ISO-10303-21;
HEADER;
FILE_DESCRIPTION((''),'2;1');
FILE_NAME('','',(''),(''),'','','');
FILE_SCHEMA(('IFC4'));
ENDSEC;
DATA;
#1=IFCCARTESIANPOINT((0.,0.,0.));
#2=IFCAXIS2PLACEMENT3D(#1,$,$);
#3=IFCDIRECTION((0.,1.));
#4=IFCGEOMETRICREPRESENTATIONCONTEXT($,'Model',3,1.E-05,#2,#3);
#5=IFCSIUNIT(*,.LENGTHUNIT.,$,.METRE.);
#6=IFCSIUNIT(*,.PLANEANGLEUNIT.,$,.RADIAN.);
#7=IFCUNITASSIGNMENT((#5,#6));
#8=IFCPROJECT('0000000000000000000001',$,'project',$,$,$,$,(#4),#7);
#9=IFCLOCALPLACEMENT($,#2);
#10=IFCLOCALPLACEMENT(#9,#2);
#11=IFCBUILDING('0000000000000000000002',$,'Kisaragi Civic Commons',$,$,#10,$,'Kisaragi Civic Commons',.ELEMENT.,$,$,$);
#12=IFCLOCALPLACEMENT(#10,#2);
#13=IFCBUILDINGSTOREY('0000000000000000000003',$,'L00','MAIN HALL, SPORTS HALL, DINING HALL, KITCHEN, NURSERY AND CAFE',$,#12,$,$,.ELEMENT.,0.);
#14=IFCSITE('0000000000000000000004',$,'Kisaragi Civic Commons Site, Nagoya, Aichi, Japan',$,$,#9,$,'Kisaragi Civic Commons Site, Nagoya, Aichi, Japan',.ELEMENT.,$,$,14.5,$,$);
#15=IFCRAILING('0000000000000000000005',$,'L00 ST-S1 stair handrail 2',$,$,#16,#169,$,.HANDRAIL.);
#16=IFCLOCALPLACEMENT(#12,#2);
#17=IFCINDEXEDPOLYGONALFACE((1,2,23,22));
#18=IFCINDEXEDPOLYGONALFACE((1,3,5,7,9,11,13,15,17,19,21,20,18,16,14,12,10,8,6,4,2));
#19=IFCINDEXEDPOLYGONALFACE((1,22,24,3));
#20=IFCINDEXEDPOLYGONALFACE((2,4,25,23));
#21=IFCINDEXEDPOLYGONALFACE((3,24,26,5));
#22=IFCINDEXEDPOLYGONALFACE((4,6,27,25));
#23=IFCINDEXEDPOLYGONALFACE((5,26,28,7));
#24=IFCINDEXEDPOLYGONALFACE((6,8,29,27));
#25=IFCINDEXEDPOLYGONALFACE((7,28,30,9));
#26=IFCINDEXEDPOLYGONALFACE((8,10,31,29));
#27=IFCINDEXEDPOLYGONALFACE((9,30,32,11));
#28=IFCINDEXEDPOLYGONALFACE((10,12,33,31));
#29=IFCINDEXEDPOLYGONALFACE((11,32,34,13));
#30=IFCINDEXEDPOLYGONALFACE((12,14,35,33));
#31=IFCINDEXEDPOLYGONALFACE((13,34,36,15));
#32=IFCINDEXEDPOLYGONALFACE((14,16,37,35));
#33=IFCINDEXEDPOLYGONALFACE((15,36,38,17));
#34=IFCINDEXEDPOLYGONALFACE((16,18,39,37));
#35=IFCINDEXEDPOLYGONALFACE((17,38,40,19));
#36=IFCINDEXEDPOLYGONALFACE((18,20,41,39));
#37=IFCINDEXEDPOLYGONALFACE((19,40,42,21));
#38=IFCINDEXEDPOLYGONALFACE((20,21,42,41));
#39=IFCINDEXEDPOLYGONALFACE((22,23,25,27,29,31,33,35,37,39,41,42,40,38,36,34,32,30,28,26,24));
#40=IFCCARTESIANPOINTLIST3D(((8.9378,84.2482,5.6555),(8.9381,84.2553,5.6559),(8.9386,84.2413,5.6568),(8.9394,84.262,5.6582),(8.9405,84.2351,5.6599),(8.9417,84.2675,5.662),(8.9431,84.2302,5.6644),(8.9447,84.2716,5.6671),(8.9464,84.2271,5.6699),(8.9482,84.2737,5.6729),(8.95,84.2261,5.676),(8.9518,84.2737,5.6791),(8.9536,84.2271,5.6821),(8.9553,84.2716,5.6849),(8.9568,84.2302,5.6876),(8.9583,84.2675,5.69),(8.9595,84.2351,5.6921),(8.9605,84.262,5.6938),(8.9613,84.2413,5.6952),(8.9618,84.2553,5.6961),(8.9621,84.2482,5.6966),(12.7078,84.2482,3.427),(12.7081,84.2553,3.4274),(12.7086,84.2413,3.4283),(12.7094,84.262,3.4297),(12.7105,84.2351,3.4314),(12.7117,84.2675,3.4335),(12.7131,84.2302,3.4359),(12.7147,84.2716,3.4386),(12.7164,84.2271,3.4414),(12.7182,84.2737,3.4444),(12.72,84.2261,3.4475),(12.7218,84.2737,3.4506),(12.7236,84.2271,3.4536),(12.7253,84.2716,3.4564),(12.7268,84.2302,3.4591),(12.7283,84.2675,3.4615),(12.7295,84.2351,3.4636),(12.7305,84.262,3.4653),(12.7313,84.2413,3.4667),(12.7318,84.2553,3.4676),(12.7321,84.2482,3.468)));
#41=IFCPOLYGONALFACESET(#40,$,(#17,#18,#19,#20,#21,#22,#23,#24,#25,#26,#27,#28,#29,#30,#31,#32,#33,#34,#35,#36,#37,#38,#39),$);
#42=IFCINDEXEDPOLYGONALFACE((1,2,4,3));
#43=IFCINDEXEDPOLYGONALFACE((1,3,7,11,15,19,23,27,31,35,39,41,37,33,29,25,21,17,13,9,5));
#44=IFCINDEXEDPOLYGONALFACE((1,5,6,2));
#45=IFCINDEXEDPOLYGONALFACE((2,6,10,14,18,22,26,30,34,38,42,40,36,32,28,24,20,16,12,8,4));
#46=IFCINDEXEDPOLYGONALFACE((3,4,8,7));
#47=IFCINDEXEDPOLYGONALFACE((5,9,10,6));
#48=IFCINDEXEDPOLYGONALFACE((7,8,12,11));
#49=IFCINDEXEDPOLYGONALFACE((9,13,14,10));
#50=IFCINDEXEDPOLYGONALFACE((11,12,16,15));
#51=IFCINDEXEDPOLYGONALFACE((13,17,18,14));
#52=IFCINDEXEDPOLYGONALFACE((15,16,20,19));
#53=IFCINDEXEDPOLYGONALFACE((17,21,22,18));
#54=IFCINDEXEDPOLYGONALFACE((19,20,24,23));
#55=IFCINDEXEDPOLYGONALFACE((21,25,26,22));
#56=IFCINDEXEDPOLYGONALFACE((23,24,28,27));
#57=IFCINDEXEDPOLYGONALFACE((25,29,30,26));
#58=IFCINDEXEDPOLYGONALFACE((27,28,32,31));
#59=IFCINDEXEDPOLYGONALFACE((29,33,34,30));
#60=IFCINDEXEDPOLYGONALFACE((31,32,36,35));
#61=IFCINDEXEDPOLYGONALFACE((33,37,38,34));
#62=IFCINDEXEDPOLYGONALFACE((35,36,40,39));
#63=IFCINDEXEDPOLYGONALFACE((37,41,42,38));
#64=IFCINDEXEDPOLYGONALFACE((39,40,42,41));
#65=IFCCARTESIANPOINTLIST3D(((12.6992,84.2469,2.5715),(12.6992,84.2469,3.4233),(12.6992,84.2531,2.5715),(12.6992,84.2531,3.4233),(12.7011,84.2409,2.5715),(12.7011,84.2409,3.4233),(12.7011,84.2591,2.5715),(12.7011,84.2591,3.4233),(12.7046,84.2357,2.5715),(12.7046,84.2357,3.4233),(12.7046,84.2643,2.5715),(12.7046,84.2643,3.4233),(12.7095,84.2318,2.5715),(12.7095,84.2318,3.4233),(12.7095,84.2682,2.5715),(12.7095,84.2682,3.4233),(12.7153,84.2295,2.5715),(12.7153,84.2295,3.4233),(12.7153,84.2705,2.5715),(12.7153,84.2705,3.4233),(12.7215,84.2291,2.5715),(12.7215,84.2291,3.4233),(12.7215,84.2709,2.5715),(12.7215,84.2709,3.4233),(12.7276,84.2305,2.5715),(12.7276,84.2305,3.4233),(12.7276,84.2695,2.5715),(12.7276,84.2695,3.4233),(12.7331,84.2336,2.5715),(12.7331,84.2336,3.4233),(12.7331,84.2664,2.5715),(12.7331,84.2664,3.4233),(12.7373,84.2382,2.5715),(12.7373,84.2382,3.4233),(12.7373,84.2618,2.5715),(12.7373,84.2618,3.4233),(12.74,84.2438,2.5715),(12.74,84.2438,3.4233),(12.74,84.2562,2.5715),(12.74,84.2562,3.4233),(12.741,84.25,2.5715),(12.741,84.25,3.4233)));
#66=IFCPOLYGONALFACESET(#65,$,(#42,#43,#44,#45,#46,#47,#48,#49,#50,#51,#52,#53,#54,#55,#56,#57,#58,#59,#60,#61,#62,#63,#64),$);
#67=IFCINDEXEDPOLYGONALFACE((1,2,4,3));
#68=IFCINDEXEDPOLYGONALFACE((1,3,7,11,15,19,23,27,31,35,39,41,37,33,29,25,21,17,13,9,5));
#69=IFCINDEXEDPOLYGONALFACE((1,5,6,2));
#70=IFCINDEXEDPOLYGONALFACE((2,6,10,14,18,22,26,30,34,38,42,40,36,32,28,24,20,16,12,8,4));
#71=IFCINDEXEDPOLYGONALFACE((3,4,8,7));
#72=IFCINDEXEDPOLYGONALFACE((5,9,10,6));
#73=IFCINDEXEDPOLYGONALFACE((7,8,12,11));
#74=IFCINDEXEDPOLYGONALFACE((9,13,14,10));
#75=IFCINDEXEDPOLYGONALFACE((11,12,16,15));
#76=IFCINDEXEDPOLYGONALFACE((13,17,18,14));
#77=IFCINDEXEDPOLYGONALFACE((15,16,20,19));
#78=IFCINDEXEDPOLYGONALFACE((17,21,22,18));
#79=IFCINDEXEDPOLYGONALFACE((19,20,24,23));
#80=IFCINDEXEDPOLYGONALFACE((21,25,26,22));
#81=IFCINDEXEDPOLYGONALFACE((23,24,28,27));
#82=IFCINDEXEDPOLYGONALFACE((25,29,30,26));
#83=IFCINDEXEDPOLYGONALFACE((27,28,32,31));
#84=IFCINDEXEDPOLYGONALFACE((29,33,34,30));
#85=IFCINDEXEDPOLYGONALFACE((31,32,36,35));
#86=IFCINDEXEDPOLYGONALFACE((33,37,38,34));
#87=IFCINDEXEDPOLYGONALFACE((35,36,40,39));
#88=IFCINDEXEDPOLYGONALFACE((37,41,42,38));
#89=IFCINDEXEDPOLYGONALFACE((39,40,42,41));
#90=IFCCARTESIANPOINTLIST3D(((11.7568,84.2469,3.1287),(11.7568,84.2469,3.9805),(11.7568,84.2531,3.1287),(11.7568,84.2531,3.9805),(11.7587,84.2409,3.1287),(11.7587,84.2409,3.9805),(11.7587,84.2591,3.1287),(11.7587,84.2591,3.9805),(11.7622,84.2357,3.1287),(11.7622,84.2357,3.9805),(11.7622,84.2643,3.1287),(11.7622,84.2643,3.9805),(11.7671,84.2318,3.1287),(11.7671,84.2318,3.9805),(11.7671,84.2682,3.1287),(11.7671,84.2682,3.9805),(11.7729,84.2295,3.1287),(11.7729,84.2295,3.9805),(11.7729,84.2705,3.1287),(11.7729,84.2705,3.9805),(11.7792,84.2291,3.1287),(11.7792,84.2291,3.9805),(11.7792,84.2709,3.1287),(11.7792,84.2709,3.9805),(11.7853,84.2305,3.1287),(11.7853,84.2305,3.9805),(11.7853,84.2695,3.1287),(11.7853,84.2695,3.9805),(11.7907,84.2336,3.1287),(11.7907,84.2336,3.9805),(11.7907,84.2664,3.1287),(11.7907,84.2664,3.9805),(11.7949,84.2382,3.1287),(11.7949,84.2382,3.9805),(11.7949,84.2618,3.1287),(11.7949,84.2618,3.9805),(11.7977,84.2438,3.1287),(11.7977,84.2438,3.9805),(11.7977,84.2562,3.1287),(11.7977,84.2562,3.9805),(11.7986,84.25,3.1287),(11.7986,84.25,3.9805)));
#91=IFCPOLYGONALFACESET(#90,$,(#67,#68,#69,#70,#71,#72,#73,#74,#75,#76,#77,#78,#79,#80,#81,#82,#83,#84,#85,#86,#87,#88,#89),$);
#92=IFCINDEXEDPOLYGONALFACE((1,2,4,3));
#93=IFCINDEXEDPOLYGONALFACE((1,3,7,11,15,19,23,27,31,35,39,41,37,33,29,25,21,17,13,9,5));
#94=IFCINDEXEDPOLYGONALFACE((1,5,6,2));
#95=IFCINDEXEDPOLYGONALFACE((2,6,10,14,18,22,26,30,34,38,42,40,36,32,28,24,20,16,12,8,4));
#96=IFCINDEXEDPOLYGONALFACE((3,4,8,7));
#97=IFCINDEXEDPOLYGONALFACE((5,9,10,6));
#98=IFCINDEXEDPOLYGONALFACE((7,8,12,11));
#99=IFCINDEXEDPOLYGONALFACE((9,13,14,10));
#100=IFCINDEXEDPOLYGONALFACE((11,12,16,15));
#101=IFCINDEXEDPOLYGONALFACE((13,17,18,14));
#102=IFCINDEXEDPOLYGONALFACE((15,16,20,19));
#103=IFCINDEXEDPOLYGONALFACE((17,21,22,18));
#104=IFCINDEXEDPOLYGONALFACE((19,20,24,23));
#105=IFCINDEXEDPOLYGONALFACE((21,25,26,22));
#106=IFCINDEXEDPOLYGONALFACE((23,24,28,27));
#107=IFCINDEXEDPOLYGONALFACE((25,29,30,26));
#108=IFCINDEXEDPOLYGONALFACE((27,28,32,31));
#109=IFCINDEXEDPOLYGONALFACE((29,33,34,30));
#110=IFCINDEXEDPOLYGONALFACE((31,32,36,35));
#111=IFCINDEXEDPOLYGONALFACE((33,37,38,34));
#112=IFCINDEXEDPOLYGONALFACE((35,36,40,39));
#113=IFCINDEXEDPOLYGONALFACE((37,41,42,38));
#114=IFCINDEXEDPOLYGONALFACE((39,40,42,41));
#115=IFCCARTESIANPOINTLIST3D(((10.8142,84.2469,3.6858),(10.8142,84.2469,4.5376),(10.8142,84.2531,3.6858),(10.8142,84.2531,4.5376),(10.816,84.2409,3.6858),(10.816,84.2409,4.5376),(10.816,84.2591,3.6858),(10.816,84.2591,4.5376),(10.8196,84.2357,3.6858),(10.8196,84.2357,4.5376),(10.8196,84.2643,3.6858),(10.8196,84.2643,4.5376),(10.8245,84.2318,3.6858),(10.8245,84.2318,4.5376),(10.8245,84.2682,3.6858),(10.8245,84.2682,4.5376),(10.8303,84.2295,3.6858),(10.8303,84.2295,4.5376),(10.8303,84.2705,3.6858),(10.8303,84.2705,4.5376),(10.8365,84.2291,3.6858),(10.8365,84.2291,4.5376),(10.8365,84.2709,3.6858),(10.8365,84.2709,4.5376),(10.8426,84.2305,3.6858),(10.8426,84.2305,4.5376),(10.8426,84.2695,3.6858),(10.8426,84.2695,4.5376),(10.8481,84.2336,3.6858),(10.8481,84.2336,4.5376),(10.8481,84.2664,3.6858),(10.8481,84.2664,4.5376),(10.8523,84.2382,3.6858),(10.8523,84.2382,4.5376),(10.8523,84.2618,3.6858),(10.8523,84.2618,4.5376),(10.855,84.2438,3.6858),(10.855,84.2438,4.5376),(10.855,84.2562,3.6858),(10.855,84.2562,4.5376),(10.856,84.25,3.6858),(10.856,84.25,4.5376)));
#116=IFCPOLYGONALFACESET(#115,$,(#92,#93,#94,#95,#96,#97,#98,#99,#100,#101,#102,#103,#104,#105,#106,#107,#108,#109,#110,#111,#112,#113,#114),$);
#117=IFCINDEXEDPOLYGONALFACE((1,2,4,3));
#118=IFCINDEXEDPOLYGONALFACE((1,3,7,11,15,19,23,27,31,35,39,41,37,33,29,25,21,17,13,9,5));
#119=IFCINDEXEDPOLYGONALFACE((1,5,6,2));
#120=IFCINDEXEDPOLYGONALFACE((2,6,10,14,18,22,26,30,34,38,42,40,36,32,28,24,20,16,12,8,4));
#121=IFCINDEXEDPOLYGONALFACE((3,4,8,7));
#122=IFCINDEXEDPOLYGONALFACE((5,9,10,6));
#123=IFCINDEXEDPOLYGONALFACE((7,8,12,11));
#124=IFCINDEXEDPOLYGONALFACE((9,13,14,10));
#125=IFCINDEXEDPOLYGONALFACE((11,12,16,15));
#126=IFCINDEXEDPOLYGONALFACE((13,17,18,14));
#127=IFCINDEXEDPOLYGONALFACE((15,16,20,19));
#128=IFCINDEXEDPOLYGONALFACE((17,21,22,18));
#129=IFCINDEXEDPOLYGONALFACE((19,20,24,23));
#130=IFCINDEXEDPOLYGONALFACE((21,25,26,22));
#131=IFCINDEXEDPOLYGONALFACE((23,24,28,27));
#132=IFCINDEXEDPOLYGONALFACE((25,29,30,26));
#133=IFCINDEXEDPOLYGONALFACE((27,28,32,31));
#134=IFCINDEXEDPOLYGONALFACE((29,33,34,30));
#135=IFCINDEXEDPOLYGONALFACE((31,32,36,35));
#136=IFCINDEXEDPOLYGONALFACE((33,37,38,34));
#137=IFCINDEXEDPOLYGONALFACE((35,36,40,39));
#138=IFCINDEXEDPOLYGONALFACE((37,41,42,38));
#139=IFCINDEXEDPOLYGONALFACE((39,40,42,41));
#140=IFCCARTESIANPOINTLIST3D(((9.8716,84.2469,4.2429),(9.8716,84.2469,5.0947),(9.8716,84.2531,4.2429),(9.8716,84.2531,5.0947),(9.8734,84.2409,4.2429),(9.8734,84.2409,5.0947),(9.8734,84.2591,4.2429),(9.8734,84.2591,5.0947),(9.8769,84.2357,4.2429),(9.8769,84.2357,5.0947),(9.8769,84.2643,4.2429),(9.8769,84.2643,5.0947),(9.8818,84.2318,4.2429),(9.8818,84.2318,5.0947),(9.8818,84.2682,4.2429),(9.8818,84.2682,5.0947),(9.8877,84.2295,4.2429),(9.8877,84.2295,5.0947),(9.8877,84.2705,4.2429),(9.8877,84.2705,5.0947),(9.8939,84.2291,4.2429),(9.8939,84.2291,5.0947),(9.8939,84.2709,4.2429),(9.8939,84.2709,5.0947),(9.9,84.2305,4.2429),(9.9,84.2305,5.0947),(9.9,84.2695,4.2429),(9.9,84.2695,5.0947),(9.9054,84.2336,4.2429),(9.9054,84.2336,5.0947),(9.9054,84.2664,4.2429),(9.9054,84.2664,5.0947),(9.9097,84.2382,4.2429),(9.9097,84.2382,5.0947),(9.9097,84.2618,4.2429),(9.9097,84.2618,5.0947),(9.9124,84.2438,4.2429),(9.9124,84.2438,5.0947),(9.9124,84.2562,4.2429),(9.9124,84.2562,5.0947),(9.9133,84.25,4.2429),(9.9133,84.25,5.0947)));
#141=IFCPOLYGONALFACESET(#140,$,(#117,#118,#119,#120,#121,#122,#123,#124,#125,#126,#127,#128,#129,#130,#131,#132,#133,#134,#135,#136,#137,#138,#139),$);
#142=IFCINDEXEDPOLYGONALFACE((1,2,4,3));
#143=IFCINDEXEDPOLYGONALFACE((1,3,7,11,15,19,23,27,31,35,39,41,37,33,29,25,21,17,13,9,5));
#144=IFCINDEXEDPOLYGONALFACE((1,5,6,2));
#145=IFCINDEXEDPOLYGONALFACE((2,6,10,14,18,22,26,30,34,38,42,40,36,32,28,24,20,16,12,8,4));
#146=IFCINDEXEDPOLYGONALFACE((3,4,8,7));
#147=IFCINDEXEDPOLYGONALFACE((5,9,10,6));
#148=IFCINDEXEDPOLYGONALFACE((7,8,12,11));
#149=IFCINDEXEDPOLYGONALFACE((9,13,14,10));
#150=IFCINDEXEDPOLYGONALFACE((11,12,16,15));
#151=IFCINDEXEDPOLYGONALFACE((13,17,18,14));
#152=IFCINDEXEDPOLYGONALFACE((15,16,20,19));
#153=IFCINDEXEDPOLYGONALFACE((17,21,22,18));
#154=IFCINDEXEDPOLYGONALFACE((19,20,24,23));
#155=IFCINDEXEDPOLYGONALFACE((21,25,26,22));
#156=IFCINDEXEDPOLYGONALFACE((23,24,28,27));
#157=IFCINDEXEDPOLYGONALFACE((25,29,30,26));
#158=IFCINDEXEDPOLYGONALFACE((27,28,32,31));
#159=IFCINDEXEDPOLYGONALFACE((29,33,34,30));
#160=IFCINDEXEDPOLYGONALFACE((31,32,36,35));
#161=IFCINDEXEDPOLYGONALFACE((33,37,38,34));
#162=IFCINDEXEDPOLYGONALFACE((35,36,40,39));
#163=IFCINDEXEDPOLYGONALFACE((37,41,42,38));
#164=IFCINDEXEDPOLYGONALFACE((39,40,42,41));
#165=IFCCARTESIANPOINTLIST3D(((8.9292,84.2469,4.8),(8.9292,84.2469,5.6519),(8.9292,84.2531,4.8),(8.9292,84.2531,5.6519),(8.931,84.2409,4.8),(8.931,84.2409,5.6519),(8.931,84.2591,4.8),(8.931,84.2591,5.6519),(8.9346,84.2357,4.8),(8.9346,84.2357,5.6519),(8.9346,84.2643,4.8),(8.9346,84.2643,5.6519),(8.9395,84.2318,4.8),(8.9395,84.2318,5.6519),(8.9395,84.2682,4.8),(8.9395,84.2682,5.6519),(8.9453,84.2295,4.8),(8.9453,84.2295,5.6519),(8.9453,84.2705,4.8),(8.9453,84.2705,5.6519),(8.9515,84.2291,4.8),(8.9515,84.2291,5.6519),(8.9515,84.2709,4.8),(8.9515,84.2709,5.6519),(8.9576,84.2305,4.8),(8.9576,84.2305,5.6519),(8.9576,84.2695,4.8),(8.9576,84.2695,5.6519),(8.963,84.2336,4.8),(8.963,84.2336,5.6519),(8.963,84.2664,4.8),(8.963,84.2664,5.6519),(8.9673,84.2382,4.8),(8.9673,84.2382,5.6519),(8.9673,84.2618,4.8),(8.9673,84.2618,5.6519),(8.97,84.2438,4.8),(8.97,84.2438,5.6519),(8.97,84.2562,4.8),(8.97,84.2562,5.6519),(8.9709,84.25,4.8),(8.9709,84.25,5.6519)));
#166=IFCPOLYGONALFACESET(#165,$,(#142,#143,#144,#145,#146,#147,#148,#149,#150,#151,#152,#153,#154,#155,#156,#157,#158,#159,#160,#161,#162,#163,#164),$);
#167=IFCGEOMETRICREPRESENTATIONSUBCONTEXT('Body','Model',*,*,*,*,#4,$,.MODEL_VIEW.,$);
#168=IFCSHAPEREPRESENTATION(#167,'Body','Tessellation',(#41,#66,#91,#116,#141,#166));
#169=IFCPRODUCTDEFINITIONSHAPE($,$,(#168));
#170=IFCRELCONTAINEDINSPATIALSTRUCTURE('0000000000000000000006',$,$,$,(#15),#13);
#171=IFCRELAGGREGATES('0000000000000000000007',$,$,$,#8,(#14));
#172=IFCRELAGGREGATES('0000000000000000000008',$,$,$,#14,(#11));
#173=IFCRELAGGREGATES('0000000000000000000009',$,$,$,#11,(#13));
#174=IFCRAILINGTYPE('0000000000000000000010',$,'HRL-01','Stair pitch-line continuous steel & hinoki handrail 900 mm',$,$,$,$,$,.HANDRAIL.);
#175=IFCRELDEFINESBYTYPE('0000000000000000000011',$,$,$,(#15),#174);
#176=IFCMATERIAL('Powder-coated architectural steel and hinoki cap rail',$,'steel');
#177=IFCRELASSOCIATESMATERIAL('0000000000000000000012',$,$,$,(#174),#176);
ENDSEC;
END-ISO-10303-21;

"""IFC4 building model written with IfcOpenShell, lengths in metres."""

from ifc_helpers import new_model, si_unit, direction, frame, origin, origin_2d, place, context, subcontext, project, spatial, circle, extrude, material, type_object, element, save


model = new_model("IFC4")

# Units and contexts
model_context = context("Model", 3, precision=1e-05, world=origin(), true_north=direction((0.0, 1.0)))
body_context = subcontext(model_context, "Body", "Model", "MODEL_VIEW")
ifc_project = project(units=[si_unit("LENGTHUNIT", "METRE"), si_unit("PLANEANGLEUNIT", "RADIAN")], contexts=[model_context])

# Site, building, storey
site_placement = place(None, origin())
site = spatial("IfcSite", under=ifc_project, at=site_placement, Name="Kisaragi Civic Commons Site, Nagoya, Aichi, Japan", LongName="Kisaragi Civic Commons Site, Nagoya, Aichi, Japan", CompositionType="ELEMENT", RefElevation=14.5)
building_placement = place(site_placement, origin())
building = spatial("IfcBuilding", under=site, at=building_placement, Name="Kisaragi Civic Commons", LongName="Kisaragi Civic Commons", CompositionType="ELEMENT")
storey_placement = place(building_placement, origin())
storey = spatial("IfcBuildingStorey", under=building, at=storey_placement, Name="L00", Description="MAIN HALL, SPORTS HALL, DINING HALL, KITCHEN, NURSERY AND CAFE", CompositionType="ELEMENT", Elevation=0.0)

# Railing
ifc_material_1 = material(Name="Powder-coated architectural steel and hinoki cap rail", Category="steel")
railing_type_1 = type_object("IfcRailingType", Name="HRL-01", Description="Stair pitch-line continuous steel & hinoki handrail 900 mm", PredefinedType="HANDRAIL", material=ifc_material_1)
railing_1_placement = place(storey_placement, frame((12.72, 84.25, 2.5715)))
element("IfcRailing", 1, at=railing_1_placement, inside=storey, type_object=railing_type_1, Name="L00 ST-S1 stair handrail 2", PredefinedType="HANDRAIL", context=body_context, shape_type="SweptSolid", body=[
    extrude(circle(Radius=0.0239, at=origin_2d()), frame((0.0, 0.0, 0.876), z_axis=(-0.860849, 0.0, 0.508861), x_axis=(0.0, -1.0, 0.0)), (0.0, 0.0, 1.0), 4.3794),
    extrude(circle(Radius=0.021, at=origin_2d()), origin(), (0.0, 0.0, 1.0), 0.8518),
    extrude(circle(Radius=0.021, at=origin_2d()), frame((-0.9424, 0.0, 0.5571)), (0.0, 0.0, 1.0), 0.8518),
    extrude(circle(Radius=0.021, at=origin_2d()), frame((-1.885, 0.0, 1.1143)), (0.0, 0.0, 1.0), 0.8518),
    extrude(circle(Radius=0.021, at=origin_2d()), frame((-2.8276, 0.0, 1.6714)), (0.0, 0.0, 1.0), 0.8518),
    extrude(circle(Radius=0.021, at=origin_2d()), frame((-3.77, 0.0, 2.2285)), (0.0, 0.0, 1.0), 0.8518),
])

save(model, "model.ifc")
